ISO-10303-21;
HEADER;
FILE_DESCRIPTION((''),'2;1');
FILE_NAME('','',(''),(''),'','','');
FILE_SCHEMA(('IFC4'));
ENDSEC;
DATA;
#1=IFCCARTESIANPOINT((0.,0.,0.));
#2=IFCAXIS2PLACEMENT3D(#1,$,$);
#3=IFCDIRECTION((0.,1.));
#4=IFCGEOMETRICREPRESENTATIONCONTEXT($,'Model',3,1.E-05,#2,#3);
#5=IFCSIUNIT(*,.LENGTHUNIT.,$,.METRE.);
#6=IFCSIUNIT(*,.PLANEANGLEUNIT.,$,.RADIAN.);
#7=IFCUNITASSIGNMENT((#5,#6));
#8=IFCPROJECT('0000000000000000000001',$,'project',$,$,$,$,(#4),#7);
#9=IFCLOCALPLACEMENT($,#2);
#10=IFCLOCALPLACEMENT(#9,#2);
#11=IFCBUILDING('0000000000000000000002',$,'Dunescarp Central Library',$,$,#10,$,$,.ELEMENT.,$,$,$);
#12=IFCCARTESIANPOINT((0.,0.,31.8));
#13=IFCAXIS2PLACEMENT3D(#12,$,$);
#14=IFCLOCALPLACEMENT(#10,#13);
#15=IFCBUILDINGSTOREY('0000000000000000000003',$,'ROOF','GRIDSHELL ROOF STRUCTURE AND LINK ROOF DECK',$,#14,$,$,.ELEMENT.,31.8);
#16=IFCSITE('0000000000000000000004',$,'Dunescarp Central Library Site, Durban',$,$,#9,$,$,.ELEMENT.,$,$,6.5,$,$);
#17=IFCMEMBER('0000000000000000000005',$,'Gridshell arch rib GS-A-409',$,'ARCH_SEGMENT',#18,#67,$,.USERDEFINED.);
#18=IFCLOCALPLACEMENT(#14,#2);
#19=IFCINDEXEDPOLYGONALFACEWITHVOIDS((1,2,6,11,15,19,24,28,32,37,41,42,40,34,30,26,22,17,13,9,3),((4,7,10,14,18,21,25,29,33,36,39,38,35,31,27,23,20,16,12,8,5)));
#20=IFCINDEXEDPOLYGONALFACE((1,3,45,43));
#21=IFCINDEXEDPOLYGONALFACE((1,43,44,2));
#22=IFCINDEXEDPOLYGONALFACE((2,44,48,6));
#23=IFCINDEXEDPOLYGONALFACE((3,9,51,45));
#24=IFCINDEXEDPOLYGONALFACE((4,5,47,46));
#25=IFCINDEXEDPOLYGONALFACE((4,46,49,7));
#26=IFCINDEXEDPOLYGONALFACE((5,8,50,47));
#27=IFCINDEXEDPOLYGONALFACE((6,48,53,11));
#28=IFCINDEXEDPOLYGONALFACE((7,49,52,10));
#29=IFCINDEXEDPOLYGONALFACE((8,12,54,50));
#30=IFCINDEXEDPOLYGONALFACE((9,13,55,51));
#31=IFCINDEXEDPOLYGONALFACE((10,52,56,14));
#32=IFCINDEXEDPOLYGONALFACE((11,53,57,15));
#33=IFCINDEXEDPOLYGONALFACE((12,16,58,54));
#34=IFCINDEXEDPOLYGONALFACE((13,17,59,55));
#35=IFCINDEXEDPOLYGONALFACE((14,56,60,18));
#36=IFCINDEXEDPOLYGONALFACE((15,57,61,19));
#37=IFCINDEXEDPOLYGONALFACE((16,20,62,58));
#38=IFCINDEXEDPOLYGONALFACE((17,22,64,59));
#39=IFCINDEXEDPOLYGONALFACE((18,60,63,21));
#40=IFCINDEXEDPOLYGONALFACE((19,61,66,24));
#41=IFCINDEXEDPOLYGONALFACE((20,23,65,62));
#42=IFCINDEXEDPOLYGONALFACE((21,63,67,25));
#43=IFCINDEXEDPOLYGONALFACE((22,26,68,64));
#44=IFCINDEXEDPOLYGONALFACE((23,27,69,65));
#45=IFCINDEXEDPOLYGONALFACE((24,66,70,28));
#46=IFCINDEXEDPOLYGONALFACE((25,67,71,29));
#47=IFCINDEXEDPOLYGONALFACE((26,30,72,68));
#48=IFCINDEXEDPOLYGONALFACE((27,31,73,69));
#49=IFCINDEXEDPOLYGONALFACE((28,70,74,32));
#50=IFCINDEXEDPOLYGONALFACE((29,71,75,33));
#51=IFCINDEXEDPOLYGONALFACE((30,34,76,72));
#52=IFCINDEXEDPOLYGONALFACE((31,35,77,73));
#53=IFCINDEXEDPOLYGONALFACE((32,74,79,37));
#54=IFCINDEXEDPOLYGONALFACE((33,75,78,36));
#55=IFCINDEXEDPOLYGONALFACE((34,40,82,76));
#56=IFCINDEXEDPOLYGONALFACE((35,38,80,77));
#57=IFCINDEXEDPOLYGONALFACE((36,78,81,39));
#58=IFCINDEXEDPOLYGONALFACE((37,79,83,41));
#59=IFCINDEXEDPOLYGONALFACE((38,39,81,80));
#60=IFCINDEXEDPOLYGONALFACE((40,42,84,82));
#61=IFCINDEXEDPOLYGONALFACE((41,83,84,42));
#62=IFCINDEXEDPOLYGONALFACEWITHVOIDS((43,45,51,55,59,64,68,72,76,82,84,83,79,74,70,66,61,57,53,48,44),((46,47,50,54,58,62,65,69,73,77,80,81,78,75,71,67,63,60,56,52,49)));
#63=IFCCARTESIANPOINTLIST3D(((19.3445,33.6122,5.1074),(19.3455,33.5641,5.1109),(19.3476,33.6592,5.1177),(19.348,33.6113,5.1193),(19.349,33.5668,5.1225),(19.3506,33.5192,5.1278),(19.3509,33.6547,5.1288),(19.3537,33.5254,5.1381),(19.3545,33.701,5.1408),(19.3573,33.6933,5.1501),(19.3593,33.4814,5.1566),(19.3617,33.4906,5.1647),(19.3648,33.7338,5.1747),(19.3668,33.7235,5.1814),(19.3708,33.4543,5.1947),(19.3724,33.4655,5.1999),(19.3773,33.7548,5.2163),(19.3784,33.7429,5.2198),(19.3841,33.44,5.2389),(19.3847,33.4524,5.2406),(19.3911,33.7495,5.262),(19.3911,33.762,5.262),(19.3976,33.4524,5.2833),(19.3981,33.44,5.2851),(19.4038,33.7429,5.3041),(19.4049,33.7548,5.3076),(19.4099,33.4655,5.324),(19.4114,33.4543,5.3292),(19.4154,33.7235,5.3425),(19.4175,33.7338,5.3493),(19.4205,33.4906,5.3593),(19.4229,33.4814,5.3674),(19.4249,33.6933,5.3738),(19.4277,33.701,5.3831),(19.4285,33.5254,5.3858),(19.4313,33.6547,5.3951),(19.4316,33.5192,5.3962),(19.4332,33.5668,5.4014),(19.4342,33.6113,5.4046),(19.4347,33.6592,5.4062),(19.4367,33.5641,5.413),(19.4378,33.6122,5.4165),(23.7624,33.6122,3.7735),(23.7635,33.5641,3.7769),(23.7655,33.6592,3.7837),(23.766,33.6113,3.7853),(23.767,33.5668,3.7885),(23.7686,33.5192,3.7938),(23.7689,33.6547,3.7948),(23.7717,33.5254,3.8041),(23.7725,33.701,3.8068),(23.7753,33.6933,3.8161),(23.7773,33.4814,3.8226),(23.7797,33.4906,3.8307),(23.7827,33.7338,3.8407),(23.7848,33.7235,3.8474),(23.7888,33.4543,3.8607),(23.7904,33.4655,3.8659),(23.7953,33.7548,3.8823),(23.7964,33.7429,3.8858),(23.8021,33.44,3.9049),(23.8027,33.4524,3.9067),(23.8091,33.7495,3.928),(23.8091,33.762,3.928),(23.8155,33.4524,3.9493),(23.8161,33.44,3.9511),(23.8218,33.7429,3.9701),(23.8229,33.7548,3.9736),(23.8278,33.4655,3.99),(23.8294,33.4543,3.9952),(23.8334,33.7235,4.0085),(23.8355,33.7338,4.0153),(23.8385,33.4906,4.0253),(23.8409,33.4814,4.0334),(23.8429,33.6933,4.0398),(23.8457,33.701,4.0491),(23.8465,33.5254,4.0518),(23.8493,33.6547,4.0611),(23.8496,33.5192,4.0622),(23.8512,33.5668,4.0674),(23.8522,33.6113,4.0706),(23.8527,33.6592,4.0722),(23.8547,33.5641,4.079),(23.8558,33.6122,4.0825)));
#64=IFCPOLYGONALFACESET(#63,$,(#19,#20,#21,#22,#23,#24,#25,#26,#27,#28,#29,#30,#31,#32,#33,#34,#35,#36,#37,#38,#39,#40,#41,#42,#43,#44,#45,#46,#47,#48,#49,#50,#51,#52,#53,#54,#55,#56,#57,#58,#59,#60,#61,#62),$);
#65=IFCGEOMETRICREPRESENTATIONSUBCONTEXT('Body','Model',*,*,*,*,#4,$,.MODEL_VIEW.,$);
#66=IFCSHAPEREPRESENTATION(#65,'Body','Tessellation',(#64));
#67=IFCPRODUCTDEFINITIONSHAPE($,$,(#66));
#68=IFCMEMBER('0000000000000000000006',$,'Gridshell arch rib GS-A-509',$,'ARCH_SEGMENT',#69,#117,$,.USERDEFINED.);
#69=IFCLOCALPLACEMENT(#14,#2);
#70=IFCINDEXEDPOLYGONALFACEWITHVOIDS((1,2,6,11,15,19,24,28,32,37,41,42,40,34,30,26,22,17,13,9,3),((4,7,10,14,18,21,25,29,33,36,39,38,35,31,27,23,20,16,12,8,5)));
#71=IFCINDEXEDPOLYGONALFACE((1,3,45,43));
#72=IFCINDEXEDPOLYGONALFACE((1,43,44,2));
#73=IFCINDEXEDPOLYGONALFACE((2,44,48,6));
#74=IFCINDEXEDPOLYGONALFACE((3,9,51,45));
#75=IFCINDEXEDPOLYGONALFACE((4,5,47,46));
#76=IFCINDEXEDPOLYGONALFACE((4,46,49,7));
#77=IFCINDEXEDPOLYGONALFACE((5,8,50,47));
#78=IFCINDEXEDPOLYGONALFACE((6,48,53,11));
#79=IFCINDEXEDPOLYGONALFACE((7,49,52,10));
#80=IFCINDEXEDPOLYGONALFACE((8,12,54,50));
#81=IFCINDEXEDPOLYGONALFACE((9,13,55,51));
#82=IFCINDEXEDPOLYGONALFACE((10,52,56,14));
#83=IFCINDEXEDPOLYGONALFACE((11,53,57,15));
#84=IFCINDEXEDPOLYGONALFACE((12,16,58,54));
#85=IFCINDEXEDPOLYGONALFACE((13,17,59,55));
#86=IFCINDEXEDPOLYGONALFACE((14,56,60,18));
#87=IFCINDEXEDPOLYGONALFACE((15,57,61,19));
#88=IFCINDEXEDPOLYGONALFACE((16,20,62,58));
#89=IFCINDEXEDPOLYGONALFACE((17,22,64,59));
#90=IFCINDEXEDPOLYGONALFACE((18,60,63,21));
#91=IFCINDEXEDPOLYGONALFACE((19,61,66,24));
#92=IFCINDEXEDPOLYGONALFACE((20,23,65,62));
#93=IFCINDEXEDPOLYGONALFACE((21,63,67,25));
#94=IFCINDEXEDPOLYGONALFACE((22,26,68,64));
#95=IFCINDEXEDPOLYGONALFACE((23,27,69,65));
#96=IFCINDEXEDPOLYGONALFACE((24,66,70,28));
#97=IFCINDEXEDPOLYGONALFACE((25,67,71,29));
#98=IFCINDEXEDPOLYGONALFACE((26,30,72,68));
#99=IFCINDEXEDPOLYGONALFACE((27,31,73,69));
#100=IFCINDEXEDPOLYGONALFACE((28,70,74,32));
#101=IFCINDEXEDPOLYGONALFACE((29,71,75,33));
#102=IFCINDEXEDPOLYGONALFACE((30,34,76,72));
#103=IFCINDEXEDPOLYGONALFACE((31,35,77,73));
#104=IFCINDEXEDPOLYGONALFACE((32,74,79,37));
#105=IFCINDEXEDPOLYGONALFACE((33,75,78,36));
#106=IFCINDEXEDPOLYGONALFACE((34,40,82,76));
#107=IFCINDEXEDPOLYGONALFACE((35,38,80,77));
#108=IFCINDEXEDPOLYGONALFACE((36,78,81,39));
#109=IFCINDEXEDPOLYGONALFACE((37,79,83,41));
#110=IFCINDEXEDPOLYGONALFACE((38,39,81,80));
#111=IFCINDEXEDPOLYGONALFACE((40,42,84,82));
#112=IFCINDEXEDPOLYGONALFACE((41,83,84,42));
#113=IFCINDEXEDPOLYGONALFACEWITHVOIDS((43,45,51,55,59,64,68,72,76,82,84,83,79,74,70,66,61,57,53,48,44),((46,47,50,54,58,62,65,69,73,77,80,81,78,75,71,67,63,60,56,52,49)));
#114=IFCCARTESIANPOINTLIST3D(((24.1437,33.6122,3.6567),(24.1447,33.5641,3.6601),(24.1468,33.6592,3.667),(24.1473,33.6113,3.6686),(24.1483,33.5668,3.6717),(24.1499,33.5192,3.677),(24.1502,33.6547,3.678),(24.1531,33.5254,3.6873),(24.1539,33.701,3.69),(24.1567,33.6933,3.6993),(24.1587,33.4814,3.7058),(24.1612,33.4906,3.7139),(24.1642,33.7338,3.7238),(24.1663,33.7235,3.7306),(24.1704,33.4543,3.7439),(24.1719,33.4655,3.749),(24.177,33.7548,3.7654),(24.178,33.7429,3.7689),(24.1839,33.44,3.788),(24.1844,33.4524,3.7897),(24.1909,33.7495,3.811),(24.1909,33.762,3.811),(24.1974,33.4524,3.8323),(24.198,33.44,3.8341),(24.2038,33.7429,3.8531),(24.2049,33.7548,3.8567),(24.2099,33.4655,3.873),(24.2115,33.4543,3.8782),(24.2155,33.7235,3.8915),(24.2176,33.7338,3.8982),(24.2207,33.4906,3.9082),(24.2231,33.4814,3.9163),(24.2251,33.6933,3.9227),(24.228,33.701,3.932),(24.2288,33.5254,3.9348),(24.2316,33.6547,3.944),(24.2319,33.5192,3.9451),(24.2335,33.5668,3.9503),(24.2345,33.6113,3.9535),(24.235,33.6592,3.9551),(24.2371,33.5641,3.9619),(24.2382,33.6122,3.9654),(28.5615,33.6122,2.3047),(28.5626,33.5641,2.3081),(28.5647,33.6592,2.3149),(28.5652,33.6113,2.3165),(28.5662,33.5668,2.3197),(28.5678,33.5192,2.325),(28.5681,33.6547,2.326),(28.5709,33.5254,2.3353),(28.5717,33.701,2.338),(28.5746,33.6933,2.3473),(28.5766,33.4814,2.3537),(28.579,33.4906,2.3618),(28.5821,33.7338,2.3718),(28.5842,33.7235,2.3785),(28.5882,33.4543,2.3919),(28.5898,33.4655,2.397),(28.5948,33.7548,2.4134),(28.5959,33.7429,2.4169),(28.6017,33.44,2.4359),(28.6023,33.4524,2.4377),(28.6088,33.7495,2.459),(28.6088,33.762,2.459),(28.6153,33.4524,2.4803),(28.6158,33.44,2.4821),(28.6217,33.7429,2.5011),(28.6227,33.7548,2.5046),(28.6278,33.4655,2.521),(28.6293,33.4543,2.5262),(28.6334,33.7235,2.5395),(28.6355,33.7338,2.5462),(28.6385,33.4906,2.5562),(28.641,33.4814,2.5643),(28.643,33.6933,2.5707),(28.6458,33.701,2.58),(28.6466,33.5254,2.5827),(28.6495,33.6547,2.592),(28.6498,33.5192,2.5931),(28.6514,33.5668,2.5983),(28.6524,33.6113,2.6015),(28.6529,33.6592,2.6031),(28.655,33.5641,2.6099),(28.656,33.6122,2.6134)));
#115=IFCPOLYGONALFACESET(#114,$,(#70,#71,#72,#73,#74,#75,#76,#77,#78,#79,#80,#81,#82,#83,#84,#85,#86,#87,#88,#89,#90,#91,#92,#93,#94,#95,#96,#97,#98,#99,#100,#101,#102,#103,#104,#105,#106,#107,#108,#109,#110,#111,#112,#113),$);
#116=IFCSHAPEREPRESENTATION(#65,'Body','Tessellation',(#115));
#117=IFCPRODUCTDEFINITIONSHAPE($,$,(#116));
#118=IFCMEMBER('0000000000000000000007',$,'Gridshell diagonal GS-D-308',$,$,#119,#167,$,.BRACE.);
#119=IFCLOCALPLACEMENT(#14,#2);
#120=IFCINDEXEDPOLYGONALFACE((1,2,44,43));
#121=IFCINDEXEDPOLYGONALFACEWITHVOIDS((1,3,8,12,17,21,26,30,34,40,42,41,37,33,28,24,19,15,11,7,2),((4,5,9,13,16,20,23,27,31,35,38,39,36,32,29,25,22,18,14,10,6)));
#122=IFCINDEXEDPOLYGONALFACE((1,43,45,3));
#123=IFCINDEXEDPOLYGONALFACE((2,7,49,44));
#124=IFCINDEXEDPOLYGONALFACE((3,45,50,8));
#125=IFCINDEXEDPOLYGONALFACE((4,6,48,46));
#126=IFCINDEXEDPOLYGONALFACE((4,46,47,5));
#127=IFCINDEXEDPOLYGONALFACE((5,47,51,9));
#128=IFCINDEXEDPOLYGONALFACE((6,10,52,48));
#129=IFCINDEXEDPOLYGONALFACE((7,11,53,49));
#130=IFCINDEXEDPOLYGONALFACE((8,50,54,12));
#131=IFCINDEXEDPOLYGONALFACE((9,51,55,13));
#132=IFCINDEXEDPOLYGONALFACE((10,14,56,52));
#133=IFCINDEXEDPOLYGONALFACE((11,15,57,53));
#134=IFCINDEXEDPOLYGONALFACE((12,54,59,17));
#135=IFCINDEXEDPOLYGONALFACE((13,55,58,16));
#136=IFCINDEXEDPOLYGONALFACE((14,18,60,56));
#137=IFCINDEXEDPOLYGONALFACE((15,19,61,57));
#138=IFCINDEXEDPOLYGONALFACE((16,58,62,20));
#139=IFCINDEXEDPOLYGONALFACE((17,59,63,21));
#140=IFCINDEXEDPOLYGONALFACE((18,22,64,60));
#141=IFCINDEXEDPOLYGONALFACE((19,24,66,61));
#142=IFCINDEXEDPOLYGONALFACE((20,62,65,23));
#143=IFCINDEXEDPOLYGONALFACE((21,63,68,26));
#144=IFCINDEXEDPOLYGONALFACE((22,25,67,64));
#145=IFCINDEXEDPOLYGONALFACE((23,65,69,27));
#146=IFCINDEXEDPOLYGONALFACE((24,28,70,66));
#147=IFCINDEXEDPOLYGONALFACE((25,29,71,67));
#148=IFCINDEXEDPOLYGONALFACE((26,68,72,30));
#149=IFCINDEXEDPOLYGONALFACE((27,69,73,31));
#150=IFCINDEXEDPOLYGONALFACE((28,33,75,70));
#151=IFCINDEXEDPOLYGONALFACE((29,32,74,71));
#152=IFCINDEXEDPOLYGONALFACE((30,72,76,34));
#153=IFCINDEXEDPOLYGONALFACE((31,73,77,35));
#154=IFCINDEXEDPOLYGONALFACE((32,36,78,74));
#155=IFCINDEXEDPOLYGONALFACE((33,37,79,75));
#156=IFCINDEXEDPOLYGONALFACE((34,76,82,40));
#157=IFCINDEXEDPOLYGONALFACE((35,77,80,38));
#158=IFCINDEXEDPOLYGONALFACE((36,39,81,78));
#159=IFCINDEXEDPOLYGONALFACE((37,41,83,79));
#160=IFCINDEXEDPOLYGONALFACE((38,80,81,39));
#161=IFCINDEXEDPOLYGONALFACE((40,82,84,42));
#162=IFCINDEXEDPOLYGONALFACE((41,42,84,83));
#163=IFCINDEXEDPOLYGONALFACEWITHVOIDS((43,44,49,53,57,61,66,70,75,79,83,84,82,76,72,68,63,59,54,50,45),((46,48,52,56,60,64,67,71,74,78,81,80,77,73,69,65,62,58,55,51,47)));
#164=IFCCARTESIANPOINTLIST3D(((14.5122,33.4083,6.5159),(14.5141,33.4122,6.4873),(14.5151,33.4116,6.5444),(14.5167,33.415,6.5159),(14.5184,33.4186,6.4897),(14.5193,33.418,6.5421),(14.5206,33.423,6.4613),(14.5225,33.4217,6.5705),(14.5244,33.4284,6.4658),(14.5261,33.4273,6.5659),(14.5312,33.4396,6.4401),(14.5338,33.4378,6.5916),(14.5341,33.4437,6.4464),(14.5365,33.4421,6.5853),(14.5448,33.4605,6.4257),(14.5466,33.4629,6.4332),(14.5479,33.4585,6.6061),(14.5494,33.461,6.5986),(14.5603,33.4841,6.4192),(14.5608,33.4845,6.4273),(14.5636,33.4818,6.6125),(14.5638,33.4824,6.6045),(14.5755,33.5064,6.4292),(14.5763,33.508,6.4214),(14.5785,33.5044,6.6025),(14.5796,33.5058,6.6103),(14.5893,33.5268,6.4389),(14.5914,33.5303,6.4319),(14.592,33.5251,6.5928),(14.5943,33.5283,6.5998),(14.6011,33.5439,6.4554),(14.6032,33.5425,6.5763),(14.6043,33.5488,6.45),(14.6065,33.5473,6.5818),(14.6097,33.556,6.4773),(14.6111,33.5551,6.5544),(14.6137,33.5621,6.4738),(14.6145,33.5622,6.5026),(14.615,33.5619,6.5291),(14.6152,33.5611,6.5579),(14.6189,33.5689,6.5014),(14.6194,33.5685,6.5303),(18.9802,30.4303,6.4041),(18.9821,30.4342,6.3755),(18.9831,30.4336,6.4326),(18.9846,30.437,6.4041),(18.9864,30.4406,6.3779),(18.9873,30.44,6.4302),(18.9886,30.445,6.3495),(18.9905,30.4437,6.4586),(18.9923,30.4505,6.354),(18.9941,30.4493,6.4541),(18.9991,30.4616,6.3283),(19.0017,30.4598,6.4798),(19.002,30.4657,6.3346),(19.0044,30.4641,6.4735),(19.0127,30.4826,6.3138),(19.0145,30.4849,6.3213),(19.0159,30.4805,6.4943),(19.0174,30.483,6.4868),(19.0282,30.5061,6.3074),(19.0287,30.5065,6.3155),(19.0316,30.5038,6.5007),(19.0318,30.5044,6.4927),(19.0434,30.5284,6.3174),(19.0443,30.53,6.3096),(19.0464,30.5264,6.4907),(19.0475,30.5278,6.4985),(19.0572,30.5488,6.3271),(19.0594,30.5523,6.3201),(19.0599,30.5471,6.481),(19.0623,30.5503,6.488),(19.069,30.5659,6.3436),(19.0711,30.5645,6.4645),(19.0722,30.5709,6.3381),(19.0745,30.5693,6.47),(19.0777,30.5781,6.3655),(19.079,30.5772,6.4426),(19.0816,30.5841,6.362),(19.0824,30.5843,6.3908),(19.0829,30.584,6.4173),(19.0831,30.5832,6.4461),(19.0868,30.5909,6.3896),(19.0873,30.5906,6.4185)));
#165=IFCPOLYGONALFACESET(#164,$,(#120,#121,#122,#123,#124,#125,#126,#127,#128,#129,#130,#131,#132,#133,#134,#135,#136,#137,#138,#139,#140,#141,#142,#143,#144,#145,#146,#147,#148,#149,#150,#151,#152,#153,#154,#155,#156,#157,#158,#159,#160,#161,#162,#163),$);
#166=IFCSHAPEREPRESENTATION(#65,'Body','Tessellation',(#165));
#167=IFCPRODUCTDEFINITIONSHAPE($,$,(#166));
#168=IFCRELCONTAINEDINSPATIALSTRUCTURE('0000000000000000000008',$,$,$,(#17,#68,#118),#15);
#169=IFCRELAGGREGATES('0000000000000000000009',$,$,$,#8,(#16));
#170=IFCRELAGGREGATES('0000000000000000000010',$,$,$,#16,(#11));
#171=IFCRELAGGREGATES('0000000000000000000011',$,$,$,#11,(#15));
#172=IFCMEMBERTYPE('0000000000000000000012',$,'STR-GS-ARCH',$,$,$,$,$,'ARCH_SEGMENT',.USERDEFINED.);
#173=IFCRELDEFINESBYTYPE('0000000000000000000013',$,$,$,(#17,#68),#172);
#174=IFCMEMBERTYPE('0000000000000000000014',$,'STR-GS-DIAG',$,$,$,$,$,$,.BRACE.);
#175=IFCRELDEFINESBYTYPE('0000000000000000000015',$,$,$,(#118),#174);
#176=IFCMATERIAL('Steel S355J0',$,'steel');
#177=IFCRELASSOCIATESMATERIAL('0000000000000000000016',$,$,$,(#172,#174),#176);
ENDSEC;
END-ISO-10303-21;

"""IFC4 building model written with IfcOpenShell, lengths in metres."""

from ifc_helpers import new_model, si_unit, direction, frame, origin, origin_2d, place, context, subcontext, project, spatial, hollow_circle, extrude, material, material_profile, profile_set, type_object, element, save


model = new_model("IFC4")

# Units and contexts
model_context = context("Model", 3, precision=1e-05, world=origin(), true_north=direction((0.0, 1.0)))
body_context = subcontext(model_context, "Body", "Model", "MODEL_VIEW")
ifc_project = project(units=[si_unit("LENGTHUNIT", "METRE"), si_unit("PLANEANGLEUNIT", "RADIAN")], contexts=[model_context])

# Site, building, storey
site_placement = place(None, origin())
site = spatial("IfcSite", under=ifc_project, at=site_placement, Name="Dunescarp Central Library Site, Durban", CompositionType="ELEMENT", RefElevation=6.5)
building_placement = place(site_placement, origin())
building = spatial("IfcBuilding", under=site, at=building_placement, Name="Dunescarp Central Library", CompositionType="ELEMENT")
storey_placement = place(building_placement, frame((0.0, 0.0, 31.8)))
storey = spatial("IfcBuildingStorey", under=building, at=storey_placement, Name="ROOF", Description="GRIDSHELL ROOF STRUCTURE AND LINK ROOF DECK", CompositionType="ELEMENT", Elevation=31.8)

# Members
ifc_material_1 = material(Name="Steel S355J0", Category="steel")
ifc_material_profile_1 = material_profile(ifc_material_1, hollow_circle(Radius=0.1619, WallThickness=0.0125, at=origin_2d()), Name="CHS 323.9x12.5")
ifc_profile_set_1 = profile_set([ifc_material_profile_1], Name="Steel S355J0")
member_type_1 = type_object("IfcMemberType", Name="STR-GS-ARCH", ElementType="ARCH_SEGMENT", PredefinedType="USERDEFINED", material=ifc_profile_set_1)
member_1_placement = place(storey_placement, frame((19.3911, 33.6001, 5.262), z_axis=(0.957312, 0.0, -0.289056), x_axis=(0.0, 1.0, 0.0)))
element("IfcMember", 1, at=member_1_placement, inside=storey, type_object=member_type_1, Name="Gridshell arch rib GS-A-409", ObjectType="ARCH_SEGMENT", PredefinedType="USERDEFINED", context=body_context, shape_type="SweptSolid", body=[
    extrude(hollow_circle(Radius=0.1619, WallThickness=0.0125, at=origin_2d()), origin(), (0.0, 0.0, 1.0), 4.615),
])
member_2_placement = place(storey_placement, frame((24.1909, 33.6001, 3.811), z_axis=(0.956223, 0.0, -0.292637), x_axis=(0.0, 1.0, 0.0)))
element("IfcMember", 2, at=member_2_placement, inside=storey, type_object=member_type_1, Name="Gridshell arch rib GS-A-509", ObjectType="ARCH_SEGMENT", PredefinedType="USERDEFINED", context=body_context, shape_type="SweptSolid", body=[
    extrude(hollow_circle(Radius=0.1619, WallThickness=0.0125, at=origin_2d()), origin(), (0.0, 0.0, 1.0), 4.6201),
])
ifc_material_profile_2 = material_profile(ifc_material_1, hollow_circle(Radius=0.0969, WallThickness=0.0081, at=origin_2d()), Name="CHS 193.7x8")
ifc_profile_set_2 = profile_set([ifc_material_profile_2], Name="Steel S355J0")
member_type_2 = type_object("IfcMemberType", Name="STR-GS-DIAG", PredefinedType="BRACE", material=ifc_profile_set_2)
member_3_placement = place(storey_placement, frame((19.0339, 30.511, 6.4041), z_axis=(-0.831926, 0.554496, 0.02082), x_axis=(-0.554616, -0.832106, 0.0)))
element("IfcMember", 3, at=member_3_placement, inside=storey, type_object=member_type_2, Name="Gridshell diagonal GS-D-308", PredefinedType="BRACE", context=body_context, shape_type="SweptSolid", body=[
    extrude(hollow_circle(Radius=0.0969, WallThickness=0.0081, at=origin_2d()), origin(), (0.0, 0.0, 1.0), 5.3706),
])

save(model, "model.ifc")
